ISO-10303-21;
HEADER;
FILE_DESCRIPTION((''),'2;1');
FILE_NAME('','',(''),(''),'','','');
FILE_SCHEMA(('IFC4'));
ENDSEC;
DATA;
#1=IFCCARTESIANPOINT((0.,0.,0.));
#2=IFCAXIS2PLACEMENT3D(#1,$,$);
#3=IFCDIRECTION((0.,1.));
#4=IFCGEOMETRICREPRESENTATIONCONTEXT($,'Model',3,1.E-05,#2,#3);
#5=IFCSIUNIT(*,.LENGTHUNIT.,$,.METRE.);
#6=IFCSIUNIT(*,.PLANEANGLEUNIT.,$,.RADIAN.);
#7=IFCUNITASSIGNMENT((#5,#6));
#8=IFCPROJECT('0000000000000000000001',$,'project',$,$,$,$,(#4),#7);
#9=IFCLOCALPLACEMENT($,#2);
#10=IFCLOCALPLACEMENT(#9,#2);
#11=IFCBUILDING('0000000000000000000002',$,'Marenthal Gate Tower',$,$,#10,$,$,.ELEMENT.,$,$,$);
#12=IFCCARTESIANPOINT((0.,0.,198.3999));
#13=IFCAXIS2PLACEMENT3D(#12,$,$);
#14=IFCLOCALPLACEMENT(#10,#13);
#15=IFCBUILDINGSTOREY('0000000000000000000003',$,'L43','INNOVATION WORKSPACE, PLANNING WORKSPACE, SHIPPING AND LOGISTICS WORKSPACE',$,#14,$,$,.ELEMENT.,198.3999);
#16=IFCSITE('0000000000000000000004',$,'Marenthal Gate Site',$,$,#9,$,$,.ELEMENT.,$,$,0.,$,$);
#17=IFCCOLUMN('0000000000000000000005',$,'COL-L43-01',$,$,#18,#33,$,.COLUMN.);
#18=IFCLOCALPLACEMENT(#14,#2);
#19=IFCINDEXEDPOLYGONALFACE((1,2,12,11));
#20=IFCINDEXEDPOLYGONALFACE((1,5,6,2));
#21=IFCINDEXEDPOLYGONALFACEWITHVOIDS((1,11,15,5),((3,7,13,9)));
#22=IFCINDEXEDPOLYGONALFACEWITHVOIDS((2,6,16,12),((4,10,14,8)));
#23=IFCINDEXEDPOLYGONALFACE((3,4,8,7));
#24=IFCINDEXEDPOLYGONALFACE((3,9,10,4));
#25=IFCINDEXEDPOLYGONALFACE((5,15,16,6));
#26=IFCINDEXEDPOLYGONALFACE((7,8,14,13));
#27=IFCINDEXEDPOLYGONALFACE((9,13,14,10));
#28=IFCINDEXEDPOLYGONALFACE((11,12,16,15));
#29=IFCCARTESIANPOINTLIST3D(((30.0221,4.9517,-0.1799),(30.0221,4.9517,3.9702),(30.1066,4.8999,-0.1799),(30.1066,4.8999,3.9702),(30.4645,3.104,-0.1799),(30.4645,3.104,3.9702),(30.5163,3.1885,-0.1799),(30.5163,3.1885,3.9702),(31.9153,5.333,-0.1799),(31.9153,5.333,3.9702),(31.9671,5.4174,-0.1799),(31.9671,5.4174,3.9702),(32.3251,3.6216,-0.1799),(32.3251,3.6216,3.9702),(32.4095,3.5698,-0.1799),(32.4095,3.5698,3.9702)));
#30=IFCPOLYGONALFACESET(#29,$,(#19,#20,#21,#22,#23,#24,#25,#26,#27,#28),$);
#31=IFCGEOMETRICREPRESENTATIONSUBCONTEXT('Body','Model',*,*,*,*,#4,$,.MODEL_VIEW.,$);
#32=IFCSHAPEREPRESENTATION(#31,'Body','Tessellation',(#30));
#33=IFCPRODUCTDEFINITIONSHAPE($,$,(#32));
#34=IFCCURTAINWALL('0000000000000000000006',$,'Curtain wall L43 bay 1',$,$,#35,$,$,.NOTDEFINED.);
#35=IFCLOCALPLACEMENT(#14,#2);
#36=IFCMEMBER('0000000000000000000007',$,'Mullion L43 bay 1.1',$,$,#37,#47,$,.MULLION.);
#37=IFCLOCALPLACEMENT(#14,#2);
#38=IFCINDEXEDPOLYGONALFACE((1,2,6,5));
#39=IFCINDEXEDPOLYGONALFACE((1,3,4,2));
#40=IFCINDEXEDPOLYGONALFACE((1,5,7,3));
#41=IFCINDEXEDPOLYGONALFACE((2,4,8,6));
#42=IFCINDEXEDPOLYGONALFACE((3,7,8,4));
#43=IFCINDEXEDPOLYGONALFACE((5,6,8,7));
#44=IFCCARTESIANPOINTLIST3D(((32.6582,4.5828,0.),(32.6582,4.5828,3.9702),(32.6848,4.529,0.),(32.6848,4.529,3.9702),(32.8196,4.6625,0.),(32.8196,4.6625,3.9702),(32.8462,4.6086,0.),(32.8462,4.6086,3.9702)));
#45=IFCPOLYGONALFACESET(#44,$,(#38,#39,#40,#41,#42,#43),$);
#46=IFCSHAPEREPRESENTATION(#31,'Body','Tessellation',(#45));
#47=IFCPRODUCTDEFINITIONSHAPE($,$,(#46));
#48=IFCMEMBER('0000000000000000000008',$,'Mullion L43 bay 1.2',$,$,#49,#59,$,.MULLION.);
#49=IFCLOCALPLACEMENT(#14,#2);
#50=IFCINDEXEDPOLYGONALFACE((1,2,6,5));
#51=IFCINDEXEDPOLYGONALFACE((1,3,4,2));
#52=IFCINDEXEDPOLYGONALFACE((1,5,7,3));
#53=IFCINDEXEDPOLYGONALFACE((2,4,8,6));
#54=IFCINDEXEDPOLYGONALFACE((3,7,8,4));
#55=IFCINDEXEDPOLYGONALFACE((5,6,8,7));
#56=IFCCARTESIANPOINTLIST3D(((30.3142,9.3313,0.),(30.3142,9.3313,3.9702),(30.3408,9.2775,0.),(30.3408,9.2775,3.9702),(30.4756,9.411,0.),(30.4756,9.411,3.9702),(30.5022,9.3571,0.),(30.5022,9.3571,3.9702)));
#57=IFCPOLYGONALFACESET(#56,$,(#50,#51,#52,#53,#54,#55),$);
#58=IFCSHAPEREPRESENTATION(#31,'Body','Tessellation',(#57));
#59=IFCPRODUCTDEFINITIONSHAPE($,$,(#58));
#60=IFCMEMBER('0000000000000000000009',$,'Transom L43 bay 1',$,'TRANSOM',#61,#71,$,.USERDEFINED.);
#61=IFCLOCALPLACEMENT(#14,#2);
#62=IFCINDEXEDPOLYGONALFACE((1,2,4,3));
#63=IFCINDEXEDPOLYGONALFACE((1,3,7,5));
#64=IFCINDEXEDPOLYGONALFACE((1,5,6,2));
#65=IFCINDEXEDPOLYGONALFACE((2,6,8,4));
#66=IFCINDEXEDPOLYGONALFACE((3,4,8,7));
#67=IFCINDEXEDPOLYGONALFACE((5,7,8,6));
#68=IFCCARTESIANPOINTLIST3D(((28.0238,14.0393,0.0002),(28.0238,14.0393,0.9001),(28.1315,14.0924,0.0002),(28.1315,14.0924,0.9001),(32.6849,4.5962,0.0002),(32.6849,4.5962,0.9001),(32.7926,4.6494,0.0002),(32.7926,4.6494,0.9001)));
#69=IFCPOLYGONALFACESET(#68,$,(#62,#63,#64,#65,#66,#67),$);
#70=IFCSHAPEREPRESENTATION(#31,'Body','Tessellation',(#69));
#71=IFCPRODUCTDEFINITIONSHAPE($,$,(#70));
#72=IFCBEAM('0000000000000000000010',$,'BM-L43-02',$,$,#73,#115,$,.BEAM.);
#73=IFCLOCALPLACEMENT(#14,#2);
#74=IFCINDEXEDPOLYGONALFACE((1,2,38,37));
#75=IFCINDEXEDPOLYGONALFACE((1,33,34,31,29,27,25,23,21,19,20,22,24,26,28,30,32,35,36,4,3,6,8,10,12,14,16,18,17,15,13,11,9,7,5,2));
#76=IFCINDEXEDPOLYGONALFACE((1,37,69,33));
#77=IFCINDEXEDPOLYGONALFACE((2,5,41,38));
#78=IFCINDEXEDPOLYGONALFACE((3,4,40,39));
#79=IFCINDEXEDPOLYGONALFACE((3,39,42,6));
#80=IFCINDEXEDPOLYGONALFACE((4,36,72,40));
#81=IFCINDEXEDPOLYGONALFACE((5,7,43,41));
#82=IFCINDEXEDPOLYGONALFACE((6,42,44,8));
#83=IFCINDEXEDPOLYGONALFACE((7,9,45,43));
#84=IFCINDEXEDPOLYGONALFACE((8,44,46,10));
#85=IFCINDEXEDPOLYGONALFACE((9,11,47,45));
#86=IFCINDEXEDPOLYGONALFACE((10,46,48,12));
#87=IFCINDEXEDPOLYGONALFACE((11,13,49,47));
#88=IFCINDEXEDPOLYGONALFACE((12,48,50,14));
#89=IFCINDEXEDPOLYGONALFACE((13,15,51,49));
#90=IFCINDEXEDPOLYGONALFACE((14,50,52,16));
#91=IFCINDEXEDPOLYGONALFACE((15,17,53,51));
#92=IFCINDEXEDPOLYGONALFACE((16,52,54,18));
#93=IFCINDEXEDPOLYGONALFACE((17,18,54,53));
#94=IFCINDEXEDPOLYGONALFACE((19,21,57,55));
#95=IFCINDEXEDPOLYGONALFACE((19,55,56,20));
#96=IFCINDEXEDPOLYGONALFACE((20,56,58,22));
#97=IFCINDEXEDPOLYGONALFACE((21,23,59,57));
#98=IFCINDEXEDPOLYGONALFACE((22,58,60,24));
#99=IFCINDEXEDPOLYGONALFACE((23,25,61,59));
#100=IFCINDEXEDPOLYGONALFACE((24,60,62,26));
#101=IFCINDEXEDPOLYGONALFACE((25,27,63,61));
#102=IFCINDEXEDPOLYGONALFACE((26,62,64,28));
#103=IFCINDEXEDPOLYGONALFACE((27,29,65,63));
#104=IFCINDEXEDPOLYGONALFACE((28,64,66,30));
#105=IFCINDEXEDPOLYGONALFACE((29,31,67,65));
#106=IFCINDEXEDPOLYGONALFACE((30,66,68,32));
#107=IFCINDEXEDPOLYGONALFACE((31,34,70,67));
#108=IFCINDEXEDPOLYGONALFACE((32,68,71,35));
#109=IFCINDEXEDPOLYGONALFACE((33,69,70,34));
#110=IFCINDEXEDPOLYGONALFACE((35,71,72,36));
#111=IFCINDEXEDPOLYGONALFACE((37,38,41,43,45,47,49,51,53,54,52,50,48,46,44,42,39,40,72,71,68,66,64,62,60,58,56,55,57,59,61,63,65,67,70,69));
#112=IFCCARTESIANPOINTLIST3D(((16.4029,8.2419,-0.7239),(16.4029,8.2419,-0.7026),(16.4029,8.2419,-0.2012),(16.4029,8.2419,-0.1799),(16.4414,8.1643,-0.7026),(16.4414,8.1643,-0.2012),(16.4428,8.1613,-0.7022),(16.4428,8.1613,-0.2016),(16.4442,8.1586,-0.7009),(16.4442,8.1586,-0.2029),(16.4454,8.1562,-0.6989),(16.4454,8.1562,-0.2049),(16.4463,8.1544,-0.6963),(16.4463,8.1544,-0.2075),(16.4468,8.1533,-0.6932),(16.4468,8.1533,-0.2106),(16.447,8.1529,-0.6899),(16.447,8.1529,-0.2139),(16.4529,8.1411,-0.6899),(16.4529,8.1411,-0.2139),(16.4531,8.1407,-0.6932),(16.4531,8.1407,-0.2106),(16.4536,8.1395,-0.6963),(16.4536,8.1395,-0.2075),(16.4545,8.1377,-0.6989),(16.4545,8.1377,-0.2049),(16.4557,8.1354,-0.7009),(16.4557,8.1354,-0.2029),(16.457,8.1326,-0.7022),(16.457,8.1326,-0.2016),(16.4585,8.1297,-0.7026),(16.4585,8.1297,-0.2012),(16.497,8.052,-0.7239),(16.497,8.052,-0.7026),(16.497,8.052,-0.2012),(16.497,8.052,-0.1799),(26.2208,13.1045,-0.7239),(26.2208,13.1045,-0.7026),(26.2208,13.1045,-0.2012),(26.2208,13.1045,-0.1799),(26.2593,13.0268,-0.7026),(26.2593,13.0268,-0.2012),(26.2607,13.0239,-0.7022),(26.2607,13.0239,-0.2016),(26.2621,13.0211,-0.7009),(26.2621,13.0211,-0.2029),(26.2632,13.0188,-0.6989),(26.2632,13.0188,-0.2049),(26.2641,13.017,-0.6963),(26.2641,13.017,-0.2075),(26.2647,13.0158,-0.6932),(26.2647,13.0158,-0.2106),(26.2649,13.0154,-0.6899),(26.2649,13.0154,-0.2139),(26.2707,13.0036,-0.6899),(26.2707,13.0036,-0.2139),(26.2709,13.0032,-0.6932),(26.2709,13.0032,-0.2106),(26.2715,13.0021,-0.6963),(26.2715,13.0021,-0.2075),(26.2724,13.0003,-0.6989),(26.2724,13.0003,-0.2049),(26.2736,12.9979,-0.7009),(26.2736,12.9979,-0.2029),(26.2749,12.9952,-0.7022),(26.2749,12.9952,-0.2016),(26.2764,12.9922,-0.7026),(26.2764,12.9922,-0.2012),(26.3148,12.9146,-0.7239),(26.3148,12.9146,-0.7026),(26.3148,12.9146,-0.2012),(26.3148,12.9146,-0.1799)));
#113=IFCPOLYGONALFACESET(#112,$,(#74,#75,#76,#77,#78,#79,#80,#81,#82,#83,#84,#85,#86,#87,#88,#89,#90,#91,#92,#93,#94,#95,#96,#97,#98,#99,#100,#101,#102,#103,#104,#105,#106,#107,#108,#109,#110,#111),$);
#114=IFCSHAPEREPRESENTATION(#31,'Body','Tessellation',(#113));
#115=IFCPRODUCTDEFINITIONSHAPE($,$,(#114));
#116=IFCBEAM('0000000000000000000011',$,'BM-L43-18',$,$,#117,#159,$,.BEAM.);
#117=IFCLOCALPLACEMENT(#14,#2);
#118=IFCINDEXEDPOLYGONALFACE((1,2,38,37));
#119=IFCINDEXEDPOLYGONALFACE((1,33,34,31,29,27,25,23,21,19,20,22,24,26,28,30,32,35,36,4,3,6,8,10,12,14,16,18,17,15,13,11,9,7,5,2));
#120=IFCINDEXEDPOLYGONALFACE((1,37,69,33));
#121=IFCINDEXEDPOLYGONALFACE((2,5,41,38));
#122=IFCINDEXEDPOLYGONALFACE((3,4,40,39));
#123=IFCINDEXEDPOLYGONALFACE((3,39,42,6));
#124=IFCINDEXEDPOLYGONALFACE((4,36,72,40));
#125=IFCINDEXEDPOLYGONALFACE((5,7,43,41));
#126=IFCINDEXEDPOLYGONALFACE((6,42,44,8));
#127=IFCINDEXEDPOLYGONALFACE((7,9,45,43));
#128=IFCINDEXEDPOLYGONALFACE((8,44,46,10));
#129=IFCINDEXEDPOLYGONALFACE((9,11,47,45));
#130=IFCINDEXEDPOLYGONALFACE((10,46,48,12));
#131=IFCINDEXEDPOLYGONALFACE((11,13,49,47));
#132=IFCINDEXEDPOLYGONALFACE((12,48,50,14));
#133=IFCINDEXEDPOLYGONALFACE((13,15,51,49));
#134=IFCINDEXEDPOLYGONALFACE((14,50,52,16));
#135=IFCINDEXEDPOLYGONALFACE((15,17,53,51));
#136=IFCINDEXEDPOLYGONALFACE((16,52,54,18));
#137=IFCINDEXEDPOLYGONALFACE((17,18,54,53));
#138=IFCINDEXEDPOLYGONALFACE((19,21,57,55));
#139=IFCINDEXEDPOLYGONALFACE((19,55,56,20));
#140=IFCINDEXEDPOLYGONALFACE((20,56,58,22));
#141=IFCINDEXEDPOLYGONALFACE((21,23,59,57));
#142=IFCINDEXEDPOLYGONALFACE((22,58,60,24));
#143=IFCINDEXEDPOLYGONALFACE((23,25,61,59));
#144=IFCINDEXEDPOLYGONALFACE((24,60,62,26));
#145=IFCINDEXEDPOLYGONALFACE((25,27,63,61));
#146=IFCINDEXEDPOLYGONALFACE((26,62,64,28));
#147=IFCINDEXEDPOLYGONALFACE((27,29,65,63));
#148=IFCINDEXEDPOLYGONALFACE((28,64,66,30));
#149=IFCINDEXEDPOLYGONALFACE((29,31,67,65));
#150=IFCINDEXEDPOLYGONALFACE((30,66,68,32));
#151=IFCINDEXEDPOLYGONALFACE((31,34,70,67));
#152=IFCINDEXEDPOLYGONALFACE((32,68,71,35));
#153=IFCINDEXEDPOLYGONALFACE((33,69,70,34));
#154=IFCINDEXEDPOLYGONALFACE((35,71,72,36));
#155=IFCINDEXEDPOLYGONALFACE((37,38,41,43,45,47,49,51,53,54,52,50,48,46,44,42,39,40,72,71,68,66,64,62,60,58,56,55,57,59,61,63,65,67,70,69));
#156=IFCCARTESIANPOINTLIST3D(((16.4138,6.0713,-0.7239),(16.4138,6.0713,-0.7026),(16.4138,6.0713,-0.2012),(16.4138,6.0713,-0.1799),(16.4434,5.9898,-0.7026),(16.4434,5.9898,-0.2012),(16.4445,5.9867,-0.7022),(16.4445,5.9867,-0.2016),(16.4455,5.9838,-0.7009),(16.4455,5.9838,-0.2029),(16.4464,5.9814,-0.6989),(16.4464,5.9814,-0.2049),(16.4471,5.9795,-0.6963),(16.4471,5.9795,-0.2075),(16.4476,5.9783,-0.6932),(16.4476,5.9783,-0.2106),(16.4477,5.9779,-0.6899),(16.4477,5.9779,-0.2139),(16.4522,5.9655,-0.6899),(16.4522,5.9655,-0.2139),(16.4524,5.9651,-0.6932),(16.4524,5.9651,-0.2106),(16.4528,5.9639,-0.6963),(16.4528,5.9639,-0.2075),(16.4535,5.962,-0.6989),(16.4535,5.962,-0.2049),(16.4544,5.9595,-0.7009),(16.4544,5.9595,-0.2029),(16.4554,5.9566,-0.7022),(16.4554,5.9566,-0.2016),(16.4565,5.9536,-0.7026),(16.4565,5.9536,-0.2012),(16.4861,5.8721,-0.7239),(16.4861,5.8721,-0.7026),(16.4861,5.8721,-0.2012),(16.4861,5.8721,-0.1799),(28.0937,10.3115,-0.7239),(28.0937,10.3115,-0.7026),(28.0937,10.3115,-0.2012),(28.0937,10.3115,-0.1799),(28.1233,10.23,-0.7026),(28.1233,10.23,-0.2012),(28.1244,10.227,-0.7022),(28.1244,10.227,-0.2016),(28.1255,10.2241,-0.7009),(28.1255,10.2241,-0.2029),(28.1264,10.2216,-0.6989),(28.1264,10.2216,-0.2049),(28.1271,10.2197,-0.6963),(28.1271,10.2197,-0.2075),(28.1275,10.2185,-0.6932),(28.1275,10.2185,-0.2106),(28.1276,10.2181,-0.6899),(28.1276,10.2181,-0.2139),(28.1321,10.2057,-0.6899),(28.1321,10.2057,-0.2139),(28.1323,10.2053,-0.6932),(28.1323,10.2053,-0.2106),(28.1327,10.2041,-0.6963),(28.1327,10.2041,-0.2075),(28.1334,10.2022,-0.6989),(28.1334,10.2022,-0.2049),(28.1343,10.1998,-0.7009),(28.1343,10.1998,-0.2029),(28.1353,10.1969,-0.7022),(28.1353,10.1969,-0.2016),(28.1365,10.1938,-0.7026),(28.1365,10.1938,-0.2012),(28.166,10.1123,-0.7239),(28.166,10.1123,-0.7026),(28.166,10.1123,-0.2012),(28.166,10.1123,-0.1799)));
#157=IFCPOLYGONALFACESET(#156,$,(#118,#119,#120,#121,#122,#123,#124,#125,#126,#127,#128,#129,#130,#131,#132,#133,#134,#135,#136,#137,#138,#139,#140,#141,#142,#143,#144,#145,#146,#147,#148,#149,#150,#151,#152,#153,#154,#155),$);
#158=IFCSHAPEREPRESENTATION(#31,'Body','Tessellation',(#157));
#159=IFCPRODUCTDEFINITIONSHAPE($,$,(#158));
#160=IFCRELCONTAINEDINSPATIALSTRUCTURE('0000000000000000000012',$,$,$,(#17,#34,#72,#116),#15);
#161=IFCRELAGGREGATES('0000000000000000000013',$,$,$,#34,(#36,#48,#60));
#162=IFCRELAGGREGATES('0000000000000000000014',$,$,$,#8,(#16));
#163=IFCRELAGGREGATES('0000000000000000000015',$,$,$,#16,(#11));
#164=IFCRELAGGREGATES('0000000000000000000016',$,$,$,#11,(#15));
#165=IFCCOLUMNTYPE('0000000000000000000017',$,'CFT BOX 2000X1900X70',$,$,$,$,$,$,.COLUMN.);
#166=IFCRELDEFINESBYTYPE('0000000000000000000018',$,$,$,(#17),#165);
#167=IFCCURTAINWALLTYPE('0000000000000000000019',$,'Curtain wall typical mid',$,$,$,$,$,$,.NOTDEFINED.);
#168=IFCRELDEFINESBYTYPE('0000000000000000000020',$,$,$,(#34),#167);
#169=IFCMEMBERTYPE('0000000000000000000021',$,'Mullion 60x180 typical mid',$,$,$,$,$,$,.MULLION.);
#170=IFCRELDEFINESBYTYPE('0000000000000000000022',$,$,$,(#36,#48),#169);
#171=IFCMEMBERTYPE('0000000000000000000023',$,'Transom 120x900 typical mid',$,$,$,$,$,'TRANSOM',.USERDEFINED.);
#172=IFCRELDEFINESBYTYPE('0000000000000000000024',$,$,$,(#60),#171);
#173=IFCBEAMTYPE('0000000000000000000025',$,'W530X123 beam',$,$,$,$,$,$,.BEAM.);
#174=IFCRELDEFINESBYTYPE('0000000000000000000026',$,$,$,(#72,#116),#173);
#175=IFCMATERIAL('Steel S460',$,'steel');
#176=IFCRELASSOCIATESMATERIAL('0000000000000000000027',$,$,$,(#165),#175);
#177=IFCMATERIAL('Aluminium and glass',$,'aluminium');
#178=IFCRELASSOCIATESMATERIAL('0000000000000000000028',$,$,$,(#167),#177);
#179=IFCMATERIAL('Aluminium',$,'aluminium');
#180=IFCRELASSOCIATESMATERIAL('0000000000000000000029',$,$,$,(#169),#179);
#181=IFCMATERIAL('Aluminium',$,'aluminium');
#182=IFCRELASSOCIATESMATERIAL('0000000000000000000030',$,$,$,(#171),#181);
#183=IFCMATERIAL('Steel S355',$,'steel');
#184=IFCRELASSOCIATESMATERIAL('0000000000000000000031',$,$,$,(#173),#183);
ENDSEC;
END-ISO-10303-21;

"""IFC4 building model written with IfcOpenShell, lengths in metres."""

from ifc_helpers import new_model, si_unit, direction, frame, origin, origin_2d, place, context, subcontext, project, spatial, rectangle, hollow_rectangle, i_section, extrude, material, material_profile, profile_set, type_object, element, aggregate, save


model = new_model("IFC4")

# Units and contexts
model_context = context("Model", 3, precision=1e-05, world=origin(), true_north=direction((0.0, 1.0)))
body_context = subcontext(model_context, "Body", "Model", "MODEL_VIEW")
ifc_project = project(units=[si_unit("LENGTHUNIT", "METRE"), si_unit("PLANEANGLEUNIT", "RADIAN")], contexts=[model_context])

# Site, building, storey
site_placement = place(None, origin())
site = spatial("IfcSite", under=ifc_project, at=site_placement, Name="Marenthal Gate Site", CompositionType="ELEMENT", RefElevation=0.0)
building_placement = place(site_placement, origin())
building = spatial("IfcBuilding", under=site, at=building_placement, Name="Marenthal Gate Tower", CompositionType="ELEMENT")
storey_placement = place(building_placement, frame((0.0, 0.0, 198.3999)))
storey = spatial("IfcBuildingStorey", under=building, at=storey_placement, Name="L43", Description="INNOVATION WORKSPACE, PLANNING WORKSPACE, SHIPPING AND LOGISTICS WORKSPACE", CompositionType="ELEMENT", Elevation=198.3999)

# Column
ifc_material_1 = material(Name="Steel S460", Category="steel")
ifc_material_profile_1 = material_profile(ifc_material_1, hollow_rectangle(XDim=1.8999, YDim=2.0, WallThickness=0.0701, at=origin_2d()), Name="CFT BOX 2000X1900X70")
ifc_material_2 = material(Name="Concrete 70 MPa", Category="concrete")
ifc_material_profile_2 = material_profile(ifc_material_2, rectangle(XDim=1.76, YDim=1.8601, at=origin_2d()), Name="CFT BOX 2000X1900X70 INFILL")
ifc_profile_set_1 = profile_set([ifc_material_profile_1, ifc_material_profile_2], Name="Steel S460 shell, Concrete 70 MPa infill")
column_type = type_object("IfcColumnType", Name="CFT BOX 2000X1900X70", PredefinedType="COLUMN", material=ifc_profile_set_1)
column_placement = place(storey_placement, frame((31.2158, 4.2607, -0.1799), z_axis=(0.0, 0.0, 1.0), x_axis=(0.232863, -0.972509, 0.0)))
element("IfcColumn", 1, at=column_placement, inside=storey, type_object=column_type, Name="COL-L43-01", PredefinedType="COLUMN", context=body_context, shape_type="SweptSolid", body=[
    extrude(hollow_rectangle(XDim=1.8999, YDim=2.0, WallThickness=0.0701, at=origin_2d()), origin(), (0.0, 0.0, 1.0), 4.1501),
])

# Curtain wall, members
ifc_material_3 = material(Name="Aluminium and glass", Category="aluminium")
curtain_wall_type = type_object("IfcCurtainWallType", Name="Curtain wall typical mid", PredefinedType="NOTDEFINED", material=ifc_material_3)
curtain_wall_placement = place(storey_placement, origin())
curtain_wall = element("IfcCurtainWall", 2, at=curtain_wall_placement, inside=storey, type_object=curtain_wall_type, Name="Curtain wall L43 bay 1", PredefinedType="NOTDEFINED")
ifc_material_4 = material(Name="Aluminium", Category="aluminium")
ifc_material_profile_3 = material_profile(ifc_material_4, rectangle(XDim=0.1799, YDim=0.0601, at=origin_2d()), Name="60x180 aluminium mullion")
ifc_profile_set_2 = profile_set([ifc_material_profile_3], Name="Aluminium")
member_type_1 = type_object("IfcMemberType", Name="Mullion 60x180 typical mid", PredefinedType="MULLION", material=ifc_profile_set_2)
member_1_placement = place(storey_placement, frame((32.7522, 4.5957, 0.0), z_axis=(0.0, 0.0, 1.0), x_axis=(-0.896716, -0.442607, 0.0)))
member_1 = element("IfcMember", 3, at=member_1_placement, type_object=member_type_1, Name="Mullion L43 bay 1.1", PredefinedType="MULLION", context=body_context, shape_type="SweptSolid", body=[
    extrude(rectangle(XDim=0.1799, YDim=0.0601, at=origin_2d()), origin(), (0.0, 0.0, 1.0), 3.9702),
])
member_2_placement = place(storey_placement, frame((30.4082, 9.3442, 0.0), z_axis=(0.0, 0.0, 1.0), x_axis=(-0.896716, -0.442607, 0.0)))
member_2 = element("IfcMember", 4, at=member_2_placement, type_object=member_type_1, Name="Mullion L43 bay 1.2", PredefinedType="MULLION", context=body_context, shape_type="SweptSolid", body=[
    extrude(rectangle(XDim=0.1799, YDim=0.0601, at=origin_2d()), origin(), (0.0, 0.0, 1.0), 3.9702),
])
ifc_material_5 = material(Name="Aluminium", Category="aluminium")
ifc_material_profile_4 = material_profile(ifc_material_5, rectangle(XDim=0.1201, YDim=0.8999, at=origin_2d()), Name="120x900 aluminium transom")
ifc_profile_set_3 = profile_set([ifc_material_profile_4], Name="Aluminium")
member_type_2 = type_object("IfcMemberType", Name="Transom 120x900 typical mid", ElementType="TRANSOM", PredefinedType="USERDEFINED", material=ifc_profile_set_3)
member_3_placement = place(storey_placement, frame((32.7388, 4.6228, 0.4502), z_axis=(-0.442617, 0.896711, 0.0), x_axis=(-0.896711, -0.442617, 0.0)))
member_3 = element("IfcMember", 5, at=member_3_placement, type_object=member_type_2, Name="Transom L43 bay 1", ObjectType="TRANSOM", PredefinedType="USERDEFINED", context=body_context, shape_type="SweptSolid", body=[
    extrude(rectangle(XDim=0.1201, YDim=0.8999, at=origin_2d()), origin(), (0.0, 0.0, 1.0), 10.5308),
])

# Beams
ifc_material_6 = material(Name="Steel S355", Category="steel")
ifc_material_profile_5 = material_profile(ifc_material_6, i_section(OverallWidth=0.2119, OverallDepth=0.5439, WebThickness=0.0132, FlangeThickness=0.0212, FilletRadius=0.0127, at=origin_2d()), Name="W530X123")
ifc_profile_set_4 = profile_set([ifc_material_profile_5], Name="Steel S355")
beam_type_1 = type_object("IfcBeamType", Name="W530X123 beam", PredefinedType="BEAM", material=ifc_profile_set_4)
beam_1_placement = place(storey_placement, frame((26.2678, 13.0095, -0.4519), z_axis=(-0.896114, -0.443823, 0.0), x_axis=(0.443823, -0.896114, 0.0)))
element("IfcBeam", 6, at=beam_1_placement, inside=storey, type_object=beam_type_1, Name="BM-L43-02", PredefinedType="BEAM", context=body_context, shape_type="SweptSolid", body=[
    extrude(i_section(OverallWidth=0.2119, OverallDepth=0.5439, WebThickness=0.0132, FlangeThickness=0.0212, FilletRadius=0.0127, at=origin_2d()), origin(), (0.0, 0.0, 1.0), 10.9561),
])
beam_2_placement = place(storey_placement, frame((28.1299, 10.2119, -0.4519), z_axis=(-0.939975, -0.341245, 0.0), x_axis=(0.341245, -0.939975, 0.0)))
element("IfcBeam", 7, at=beam_2_placement, inside=storey, type_object=beam_type_1, Name="BM-L43-18", PredefinedType="BEAM", context=body_context, shape_type="SweptSolid", body=[
    extrude(i_section(OverallWidth=0.2119, OverallDepth=0.5439, WebThickness=0.0132, FlangeThickness=0.0212, FilletRadius=0.0127, at=origin_2d()), origin(), (0.0, 0.0, 1.0), 12.4258),
])

aggregate(curtain_wall, [member_1, member_2, member_3])

save(model, "model.ifc")
